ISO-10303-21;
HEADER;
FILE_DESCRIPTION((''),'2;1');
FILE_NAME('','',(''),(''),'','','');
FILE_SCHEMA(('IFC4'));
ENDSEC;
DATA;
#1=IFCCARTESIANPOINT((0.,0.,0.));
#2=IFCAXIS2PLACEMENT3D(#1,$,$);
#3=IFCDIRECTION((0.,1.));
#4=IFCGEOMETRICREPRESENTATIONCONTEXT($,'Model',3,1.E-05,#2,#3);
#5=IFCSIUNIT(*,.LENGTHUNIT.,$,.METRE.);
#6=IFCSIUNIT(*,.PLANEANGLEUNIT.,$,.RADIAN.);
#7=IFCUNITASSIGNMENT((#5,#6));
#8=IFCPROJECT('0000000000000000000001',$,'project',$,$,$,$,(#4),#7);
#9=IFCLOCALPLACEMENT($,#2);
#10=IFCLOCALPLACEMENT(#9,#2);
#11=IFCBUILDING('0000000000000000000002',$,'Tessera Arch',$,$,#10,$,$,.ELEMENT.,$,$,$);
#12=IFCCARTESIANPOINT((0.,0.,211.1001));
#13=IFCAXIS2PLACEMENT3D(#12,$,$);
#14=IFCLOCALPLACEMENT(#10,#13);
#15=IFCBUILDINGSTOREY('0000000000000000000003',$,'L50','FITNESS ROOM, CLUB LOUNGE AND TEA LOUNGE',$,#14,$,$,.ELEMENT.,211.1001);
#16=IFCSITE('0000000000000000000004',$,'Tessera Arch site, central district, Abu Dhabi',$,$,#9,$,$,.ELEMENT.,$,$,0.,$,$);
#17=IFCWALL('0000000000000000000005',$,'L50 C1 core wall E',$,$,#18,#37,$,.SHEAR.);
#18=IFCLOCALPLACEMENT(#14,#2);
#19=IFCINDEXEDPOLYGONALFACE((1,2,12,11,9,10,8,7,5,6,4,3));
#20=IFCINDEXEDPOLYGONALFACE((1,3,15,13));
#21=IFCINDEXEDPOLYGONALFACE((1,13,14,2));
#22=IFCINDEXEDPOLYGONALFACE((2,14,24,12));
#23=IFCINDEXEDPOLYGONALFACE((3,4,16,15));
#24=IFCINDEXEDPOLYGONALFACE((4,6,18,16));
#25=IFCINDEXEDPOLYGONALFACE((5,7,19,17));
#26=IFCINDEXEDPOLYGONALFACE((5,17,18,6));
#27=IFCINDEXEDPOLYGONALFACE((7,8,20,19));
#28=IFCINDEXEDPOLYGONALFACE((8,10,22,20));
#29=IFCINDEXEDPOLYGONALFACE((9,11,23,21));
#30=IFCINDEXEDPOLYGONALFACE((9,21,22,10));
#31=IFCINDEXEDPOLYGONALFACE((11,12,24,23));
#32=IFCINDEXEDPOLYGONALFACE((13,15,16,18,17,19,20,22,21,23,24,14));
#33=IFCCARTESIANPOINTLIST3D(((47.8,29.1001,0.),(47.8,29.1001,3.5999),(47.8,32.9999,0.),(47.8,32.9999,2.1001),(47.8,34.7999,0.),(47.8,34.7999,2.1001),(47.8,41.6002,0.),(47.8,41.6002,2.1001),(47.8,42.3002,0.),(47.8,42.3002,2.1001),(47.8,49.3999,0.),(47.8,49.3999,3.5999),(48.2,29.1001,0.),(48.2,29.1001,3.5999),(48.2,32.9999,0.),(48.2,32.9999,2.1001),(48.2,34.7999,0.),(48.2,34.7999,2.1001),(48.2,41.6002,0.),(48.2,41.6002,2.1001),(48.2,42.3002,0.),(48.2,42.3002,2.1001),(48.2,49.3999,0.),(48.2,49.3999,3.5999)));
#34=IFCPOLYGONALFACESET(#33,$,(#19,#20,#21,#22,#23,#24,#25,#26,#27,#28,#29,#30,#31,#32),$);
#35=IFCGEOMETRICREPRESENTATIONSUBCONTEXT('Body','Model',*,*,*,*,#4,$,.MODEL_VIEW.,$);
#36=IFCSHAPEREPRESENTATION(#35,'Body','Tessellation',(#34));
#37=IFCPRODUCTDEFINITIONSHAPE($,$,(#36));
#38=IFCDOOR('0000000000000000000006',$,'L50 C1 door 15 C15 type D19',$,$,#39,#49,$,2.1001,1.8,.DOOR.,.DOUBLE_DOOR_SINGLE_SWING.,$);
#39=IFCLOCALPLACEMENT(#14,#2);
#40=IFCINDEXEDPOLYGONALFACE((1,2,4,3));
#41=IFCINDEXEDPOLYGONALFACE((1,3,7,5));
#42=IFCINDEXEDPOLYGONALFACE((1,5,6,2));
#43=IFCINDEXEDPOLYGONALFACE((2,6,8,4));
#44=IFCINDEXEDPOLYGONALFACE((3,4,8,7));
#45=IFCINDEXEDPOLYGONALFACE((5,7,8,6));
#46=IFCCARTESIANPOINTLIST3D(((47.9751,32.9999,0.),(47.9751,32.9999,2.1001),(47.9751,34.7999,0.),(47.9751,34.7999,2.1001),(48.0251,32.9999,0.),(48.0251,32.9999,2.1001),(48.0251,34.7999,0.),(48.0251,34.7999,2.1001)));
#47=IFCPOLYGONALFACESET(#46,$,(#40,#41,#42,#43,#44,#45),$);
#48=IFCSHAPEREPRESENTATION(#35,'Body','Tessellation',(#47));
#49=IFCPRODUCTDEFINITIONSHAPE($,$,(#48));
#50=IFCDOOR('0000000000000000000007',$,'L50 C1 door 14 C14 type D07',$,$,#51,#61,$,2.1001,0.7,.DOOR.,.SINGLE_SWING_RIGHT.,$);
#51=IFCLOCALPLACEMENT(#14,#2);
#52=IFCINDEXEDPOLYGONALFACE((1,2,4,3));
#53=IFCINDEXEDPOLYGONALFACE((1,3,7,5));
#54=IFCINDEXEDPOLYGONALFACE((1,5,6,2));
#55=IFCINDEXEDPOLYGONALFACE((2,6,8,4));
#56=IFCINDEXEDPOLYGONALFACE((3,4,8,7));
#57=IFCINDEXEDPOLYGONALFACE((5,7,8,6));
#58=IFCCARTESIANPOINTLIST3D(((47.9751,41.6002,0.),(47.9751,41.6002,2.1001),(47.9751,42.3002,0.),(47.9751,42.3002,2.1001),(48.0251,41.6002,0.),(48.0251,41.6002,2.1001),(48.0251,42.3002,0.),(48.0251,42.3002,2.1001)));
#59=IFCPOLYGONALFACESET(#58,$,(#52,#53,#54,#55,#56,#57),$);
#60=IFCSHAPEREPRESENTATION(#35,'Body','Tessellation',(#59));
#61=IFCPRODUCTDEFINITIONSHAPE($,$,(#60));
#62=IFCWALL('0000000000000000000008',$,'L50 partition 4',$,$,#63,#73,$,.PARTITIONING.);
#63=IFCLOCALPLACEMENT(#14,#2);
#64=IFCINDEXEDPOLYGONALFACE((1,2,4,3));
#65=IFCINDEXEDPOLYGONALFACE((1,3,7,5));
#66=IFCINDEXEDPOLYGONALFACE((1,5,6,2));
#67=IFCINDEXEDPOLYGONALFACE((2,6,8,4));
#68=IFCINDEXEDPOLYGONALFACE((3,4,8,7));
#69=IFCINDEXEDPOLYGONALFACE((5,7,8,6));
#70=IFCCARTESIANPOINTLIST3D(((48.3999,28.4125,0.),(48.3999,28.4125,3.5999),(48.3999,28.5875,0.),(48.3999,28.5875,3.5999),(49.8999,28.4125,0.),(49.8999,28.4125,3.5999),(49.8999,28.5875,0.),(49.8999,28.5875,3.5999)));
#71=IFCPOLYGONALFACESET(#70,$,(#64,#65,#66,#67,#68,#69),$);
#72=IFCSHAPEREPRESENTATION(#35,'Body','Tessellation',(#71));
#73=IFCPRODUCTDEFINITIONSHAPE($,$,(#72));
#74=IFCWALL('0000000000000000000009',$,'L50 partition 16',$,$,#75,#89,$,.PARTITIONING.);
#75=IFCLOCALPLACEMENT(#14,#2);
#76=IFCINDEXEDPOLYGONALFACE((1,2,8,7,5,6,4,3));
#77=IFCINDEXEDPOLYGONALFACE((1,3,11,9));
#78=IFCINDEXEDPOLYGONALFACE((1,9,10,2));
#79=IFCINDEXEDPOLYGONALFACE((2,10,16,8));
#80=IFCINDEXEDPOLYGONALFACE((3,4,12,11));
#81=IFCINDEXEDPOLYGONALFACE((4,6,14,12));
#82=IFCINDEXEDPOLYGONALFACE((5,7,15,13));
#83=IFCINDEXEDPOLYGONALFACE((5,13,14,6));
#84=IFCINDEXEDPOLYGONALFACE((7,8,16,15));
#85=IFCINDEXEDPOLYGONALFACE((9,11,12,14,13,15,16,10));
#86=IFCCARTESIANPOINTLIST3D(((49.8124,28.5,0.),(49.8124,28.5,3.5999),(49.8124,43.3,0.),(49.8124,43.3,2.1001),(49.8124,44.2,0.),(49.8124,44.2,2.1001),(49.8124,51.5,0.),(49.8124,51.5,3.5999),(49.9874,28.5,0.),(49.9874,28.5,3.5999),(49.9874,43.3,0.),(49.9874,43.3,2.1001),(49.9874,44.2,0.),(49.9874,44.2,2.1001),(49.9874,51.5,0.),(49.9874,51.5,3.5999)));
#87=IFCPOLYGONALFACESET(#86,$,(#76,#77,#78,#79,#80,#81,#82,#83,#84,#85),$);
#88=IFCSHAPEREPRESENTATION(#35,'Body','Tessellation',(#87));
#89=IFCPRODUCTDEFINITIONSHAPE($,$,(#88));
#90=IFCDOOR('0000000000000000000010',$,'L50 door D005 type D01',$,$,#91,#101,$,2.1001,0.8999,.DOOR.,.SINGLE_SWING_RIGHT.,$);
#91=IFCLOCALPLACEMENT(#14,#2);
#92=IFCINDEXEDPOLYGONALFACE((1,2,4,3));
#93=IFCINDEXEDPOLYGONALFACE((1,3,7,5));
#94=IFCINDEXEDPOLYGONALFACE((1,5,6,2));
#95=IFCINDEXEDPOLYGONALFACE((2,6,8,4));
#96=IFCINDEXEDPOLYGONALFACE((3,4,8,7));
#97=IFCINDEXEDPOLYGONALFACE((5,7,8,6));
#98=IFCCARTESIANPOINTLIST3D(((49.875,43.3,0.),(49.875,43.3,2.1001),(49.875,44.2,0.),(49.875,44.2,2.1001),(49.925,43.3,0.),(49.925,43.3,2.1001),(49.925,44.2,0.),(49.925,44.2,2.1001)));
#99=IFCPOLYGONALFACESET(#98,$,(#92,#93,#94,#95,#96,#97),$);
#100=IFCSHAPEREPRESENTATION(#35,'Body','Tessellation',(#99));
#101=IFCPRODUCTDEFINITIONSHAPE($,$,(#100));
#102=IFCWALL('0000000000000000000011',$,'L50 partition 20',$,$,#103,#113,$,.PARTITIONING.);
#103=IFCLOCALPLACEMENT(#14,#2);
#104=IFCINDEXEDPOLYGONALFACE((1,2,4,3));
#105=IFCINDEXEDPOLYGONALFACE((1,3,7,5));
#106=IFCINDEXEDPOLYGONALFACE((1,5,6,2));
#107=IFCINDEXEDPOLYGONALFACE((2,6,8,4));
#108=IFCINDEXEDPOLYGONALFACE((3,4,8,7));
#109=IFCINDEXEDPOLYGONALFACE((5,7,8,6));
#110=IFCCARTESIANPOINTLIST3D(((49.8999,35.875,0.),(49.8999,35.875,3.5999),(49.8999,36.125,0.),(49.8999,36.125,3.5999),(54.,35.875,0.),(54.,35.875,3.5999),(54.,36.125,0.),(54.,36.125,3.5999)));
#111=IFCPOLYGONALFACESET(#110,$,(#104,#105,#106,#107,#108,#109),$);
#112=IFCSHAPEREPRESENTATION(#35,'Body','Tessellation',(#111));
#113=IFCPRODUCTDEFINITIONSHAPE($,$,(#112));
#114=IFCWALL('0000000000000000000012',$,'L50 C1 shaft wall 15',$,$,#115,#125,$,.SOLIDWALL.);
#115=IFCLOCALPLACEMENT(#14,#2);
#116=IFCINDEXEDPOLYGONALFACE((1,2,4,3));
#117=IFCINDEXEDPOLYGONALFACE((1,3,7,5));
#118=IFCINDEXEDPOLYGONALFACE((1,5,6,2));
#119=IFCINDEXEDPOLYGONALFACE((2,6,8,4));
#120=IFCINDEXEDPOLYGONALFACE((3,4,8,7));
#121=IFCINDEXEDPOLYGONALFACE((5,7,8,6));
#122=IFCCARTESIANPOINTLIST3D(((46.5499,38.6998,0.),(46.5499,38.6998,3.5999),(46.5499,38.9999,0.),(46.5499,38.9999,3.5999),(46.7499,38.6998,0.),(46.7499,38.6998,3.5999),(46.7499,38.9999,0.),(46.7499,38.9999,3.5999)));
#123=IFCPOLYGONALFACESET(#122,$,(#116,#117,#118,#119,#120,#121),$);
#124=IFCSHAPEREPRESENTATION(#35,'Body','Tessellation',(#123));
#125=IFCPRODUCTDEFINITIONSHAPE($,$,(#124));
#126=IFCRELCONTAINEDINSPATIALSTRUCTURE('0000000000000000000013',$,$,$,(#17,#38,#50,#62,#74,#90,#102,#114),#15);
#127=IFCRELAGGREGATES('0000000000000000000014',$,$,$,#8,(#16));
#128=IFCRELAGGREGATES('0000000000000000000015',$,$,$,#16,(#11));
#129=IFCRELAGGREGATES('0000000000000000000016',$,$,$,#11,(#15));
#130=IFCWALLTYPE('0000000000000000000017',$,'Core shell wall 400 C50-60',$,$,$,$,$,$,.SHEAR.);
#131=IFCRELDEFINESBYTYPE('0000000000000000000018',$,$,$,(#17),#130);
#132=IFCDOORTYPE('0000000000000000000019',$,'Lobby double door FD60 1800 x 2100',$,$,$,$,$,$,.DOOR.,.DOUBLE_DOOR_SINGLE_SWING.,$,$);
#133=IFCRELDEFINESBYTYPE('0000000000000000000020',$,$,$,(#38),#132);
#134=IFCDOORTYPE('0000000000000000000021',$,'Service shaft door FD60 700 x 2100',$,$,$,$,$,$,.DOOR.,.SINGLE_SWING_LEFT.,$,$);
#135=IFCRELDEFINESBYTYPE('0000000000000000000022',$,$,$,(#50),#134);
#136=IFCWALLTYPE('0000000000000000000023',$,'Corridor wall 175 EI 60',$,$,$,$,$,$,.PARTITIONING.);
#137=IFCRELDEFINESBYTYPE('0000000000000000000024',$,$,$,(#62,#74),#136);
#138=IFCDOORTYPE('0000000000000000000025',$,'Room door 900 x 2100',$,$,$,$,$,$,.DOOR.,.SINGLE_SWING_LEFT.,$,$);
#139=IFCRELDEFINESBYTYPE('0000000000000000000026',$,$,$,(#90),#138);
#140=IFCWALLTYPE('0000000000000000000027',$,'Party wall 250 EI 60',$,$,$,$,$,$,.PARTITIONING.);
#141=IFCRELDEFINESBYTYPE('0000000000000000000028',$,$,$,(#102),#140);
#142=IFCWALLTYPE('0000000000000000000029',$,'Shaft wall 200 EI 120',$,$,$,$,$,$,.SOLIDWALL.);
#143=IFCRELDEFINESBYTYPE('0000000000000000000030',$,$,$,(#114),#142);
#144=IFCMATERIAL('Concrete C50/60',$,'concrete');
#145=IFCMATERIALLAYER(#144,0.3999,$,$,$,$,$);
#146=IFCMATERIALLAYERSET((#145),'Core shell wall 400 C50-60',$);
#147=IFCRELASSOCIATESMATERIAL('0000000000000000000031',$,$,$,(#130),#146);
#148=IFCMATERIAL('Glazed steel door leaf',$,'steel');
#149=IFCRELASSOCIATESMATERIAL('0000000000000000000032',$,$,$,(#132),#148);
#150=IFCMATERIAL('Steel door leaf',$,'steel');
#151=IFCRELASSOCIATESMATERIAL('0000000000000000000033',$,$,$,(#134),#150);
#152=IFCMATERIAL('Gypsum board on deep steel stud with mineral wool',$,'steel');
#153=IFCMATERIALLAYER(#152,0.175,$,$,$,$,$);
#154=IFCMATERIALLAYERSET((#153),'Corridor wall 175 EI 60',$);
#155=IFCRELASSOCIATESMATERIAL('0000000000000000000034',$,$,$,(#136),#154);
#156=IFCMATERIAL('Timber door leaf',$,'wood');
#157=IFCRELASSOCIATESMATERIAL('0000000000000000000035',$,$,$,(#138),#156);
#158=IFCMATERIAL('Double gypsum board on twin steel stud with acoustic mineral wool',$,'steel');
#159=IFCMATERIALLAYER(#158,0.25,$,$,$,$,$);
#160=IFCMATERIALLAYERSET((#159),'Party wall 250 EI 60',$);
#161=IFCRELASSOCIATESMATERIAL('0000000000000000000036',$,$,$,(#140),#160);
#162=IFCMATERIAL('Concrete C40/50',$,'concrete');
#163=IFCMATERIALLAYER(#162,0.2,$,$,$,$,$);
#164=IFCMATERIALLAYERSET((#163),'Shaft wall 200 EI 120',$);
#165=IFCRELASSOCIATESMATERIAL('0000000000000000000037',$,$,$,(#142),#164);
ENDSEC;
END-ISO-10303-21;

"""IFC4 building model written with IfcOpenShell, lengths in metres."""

from ifc_helpers import new_model, si_unit, direction, frame, frame_2d, origin, place, context, subcontext, project, spatial, rectangle, extrude, material, layer, layer_set, type_object, element, fill, save


model = new_model("IFC4")

# Units and contexts
model_context = context("Model", 3, precision=1e-05, world=origin(), true_north=direction((0.0, 1.0)))
body_context = subcontext(model_context, "Body", "Model", "MODEL_VIEW")
ifc_project = project(units=[si_unit("LENGTHUNIT", "METRE"), si_unit("PLANEANGLEUNIT", "RADIAN")], contexts=[model_context])

# Site, building, storey
site_placement = place(None, origin())
site = spatial("IfcSite", under=ifc_project, at=site_placement, Name="Tessera Arch site, central district, Abu Dhabi", CompositionType="ELEMENT", RefElevation=0.0)
building_placement = place(site_placement, origin())
building = spatial("IfcBuilding", under=site, at=building_placement, Name="Tessera Arch", CompositionType="ELEMENT")
storey_placement = place(building_placement, frame((0.0, 0.0, 211.1001)))
storey = spatial("IfcBuildingStorey", under=building, at=storey_placement, Name="L50", Description="FITNESS ROOM, CLUB LOUNGE AND TEA LOUNGE", CompositionType="ELEMENT", Elevation=211.1001)

# Wall, openings, doors
ifc_material_1 = material(Name="Concrete C50/60", Category="concrete")
ifc_layer_1 = layer(ifc_material_1, 0.3999)
ifc_layer_set_1 = layer_set([ifc_layer_1], Name="Core shell wall 400 C50-60")
wall_type_1 = type_object("IfcWallType", Name="Core shell wall 400 C50-60", PredefinedType="SHEAR", material=ifc_layer_set_1)
wall_1_placement = place(storey_placement, frame((48.0, 29.1001, 0.0), z_axis=(0.0, 0.0, 1.0), x_axis=(0.0, 1.0, 0.0)))
wall_1 = element("IfcWall", 1, at=wall_1_placement, inside=storey, type_object=wall_type_1, Name="L50 C1 core wall E", PredefinedType="SHEAR", context=body_context, shape_type="SweptSolid", body=[
    extrude(rectangle(XDim=20.2998, YDim=0.3999, at=frame_2d((10.1499, 0.0))), origin(), (0.0, 0.0, 1.0), 3.5999),
])
opening_1_placement = place(wall_1_placement, frame((12.5, 0.0, 0.0)))
opening_1 = element("IfcOpeningElement", 2, at=opening_1_placement, cuts=wall_1, PredefinedType="OPENING", context=body_context, shape_type="SweptSolid", body=[
    extrude(rectangle(XDim=0.7, YDim=2.1001, at=frame_2d((0.3501, 1.05))), frame((0.0, 0.21, 0.0), z_axis=(0.0, -1.0, 0.0), x_axis=(1.0, 0.0, 0.0)), (0.0, 0.0, 1.0), 0.4199),
])
opening_2_placement = place(wall_1_placement, frame((3.8999, 0.0, 0.0)))
opening_2 = element("IfcOpeningElement", 3, at=opening_2_placement, cuts=wall_1, PredefinedType="OPENING", context=body_context, shape_type="SweptSolid", body=[
    extrude(rectangle(XDim=1.8, YDim=2.1001, at=frame_2d((0.8999, 1.05))), frame((0.0, 0.21, 0.0), z_axis=(0.0, -1.0, 0.0), x_axis=(1.0, 0.0, 0.0)), (0.0, 0.0, 1.0), 0.4199),
])
ifc_material_2 = material(Name="Glazed steel door leaf", Category="steel")
door_type_1 = type_object("IfcDoorType", Name="Lobby double door FD60 1800 x 2100", OperationType="DOUBLE_DOOR_SINGLE_SWING", PredefinedType="DOOR", material=ifc_material_2)
door_1_placement = place(opening_2_placement, origin())
door_1 = element("IfcDoor", 4, at=door_1_placement, inside=storey, type_object=door_type_1, Name="L50 C1 door 15 C15 type D19", OperationType="DOUBLE_DOOR_SINGLE_SWING", OverallHeight=2.1001, OverallWidth=1.8, PredefinedType="DOOR", context=body_context, shape_type="SweptSolid", body=[
    extrude(rectangle(XDim=1.8, YDim=2.1001, at=frame_2d((0.8999, 1.05))), frame((0.0, 0.0249, 0.0), z_axis=(0.0, -1.0, 0.0), x_axis=(1.0, 0.0, 0.0)), (0.0, 0.0, 1.0), 0.05),
])
fill(opening_2, door_1)
ifc_material_3 = material(Name="Steel door leaf", Category="steel")
door_type_2 = type_object("IfcDoorType", Name="Service shaft door FD60 700 x 2100", OperationType="SINGLE_SWING_LEFT", PredefinedType="DOOR", material=ifc_material_3)
door_2_placement = place(opening_1_placement, origin())
door_2 = element("IfcDoor", 5, at=door_2_placement, inside=storey, type_object=door_type_2, Name="L50 C1 door 14 C14 type D07", OperationType="SINGLE_SWING_RIGHT", OverallHeight=2.1001, OverallWidth=0.7, PredefinedType="DOOR", context=body_context, shape_type="SweptSolid", body=[
    extrude(rectangle(XDim=0.7, YDim=2.1001, at=frame_2d((0.3501, 1.05))), frame((0.0, 0.0249, 0.0), z_axis=(0.0, -1.0, 0.0), x_axis=(1.0, 0.0, 0.0)), (0.0, 0.0, 1.0), 0.05),
])
fill(opening_1, door_2)

# Wall
ifc_material_4 = material(Name="Gypsum board on deep steel stud with mineral wool", Category="steel")
ifc_layer_2 = layer(ifc_material_4, 0.175)
ifc_layer_set_2 = layer_set([ifc_layer_2], Name="Corridor wall 175 EI 60")
wall_type_2 = type_object("IfcWallType", Name="Corridor wall 175 EI 60", PredefinedType="PARTITIONING", material=ifc_layer_set_2)
wall_2_placement = place(storey_placement, frame((48.3999, 28.5, 0.0), z_axis=(0.0, 0.0, 1.0), x_axis=(1.0, 0.0, 0.0)))
element("IfcWall", 6, at=wall_2_placement, inside=storey, type_object=wall_type_2, Name="L50 partition 4", PredefinedType="PARTITIONING", context=body_context, shape_type="SweptSolid", body=[
    extrude(rectangle(XDim=1.5, YDim=0.175, at=frame_2d((0.75, 0.0))), origin(), (0.0, 0.0, 1.0), 3.5999),
])

# Wall, opening, door
wall_3_placement = place(storey_placement, frame((49.8999, 28.5, 0.0), z_axis=(0.0, 0.0, 1.0), x_axis=(0.0, 1.0, 0.0)))
wall_3 = element("IfcWall", 7, at=wall_3_placement, inside=storey, type_object=wall_type_2, Name="L50 partition 16", PredefinedType="PARTITIONING", context=body_context, shape_type="SweptSolid", body=[
    extrude(rectangle(XDim=23.0, YDim=0.175, at=frame_2d((11.5, 0.0))), origin(), (0.0, 0.0, 1.0), 3.5999),
])
opening_3_placement = place(wall_3_placement, frame((14.8, 0.0, 0.0)))
opening_3 = element("IfcOpeningElement", 8, at=opening_3_placement, cuts=wall_3, PredefinedType="OPENING", context=body_context, shape_type="SweptSolid", body=[
    extrude(rectangle(XDim=0.8999, YDim=2.1001, at=frame_2d((0.45, 1.05))), frame((0.0, 0.0974, 0.0), z_axis=(0.0, -1.0, 0.0), x_axis=(1.0, 0.0, 0.0)), (0.0, 0.0, 1.0), 0.1951),
])
ifc_material_5 = material(Name="Timber door leaf", Category="wood")
door_type_3 = type_object("IfcDoorType", Name="Room door 900 x 2100", OperationType="SINGLE_SWING_LEFT", PredefinedType="DOOR", material=ifc_material_5)
door_3_placement = place(opening_3_placement, origin())
door_3 = element("IfcDoor", 9, at=door_3_placement, inside=storey, type_object=door_type_3, Name="L50 door D005 type D01", OperationType="SINGLE_SWING_RIGHT", OverallHeight=2.1001, OverallWidth=0.8999, PredefinedType="DOOR", context=body_context, shape_type="SweptSolid", body=[
    extrude(rectangle(XDim=0.8999, YDim=2.1001, at=frame_2d((0.45, 1.05))), frame((0.0, 0.0249, 0.0), z_axis=(0.0, -1.0, 0.0), x_axis=(1.0, 0.0, 0.0)), (0.0, 0.0, 1.0), 0.05),
])
fill(opening_3, door_3)

# Walls
ifc_material_6 = material(Name="Double gypsum board on twin steel stud with acoustic mineral wool", Category="steel")
ifc_layer_3 = layer(ifc_material_6, 0.25)
ifc_layer_set_3 = layer_set([ifc_layer_3], Name="Party wall 250 EI 60")
wall_type_3 = type_object("IfcWallType", Name="Party wall 250 EI 60", PredefinedType="PARTITIONING", material=ifc_layer_set_3)
wall_4_placement = place(storey_placement, frame((49.8999, 36.0, 0.0), z_axis=(0.0, 0.0, 1.0), x_axis=(1.0, 0.0, 0.0)))
element("IfcWall", 10, at=wall_4_placement, inside=storey, type_object=wall_type_3, Name="L50 partition 20", PredefinedType="PARTITIONING", context=body_context, shape_type="SweptSolid", body=[
    extrude(rectangle(XDim=4.1001, YDim=0.25, at=frame_2d((2.05, 0.0))), origin(), (0.0, 0.0, 1.0), 3.5999),
])
ifc_material_7 = material(Name="Concrete C40/50", Category="concrete")
ifc_layer_4 = layer(ifc_material_7, 0.2)
ifc_layer_set_4 = layer_set([ifc_layer_4], Name="Shaft wall 200 EI 120")
wall_type_4 = type_object("IfcWallType", Name="Shaft wall 200 EI 120", PredefinedType="SOLIDWALL", material=ifc_layer_set_4)
wall_5_placement = place(storey_placement, frame((46.6499, 38.7, 0.0), z_axis=(0.0, 0.0, 1.0), x_axis=(0.0, 1.0, 0.0)))
element("IfcWall", 11, at=wall_5_placement, inside=storey, type_object=wall_type_4, Name="L50 C1 shaft wall 15", PredefinedType="SOLIDWALL", context=body_context, shape_type="SweptSolid", body=[
    extrude(rectangle(XDim=0.3, YDim=0.2, at=frame_2d((0.1499, 0.0))), origin(), (0.0, 0.0, 1.0), 3.5999),
])

save(model, "model.ifc")
